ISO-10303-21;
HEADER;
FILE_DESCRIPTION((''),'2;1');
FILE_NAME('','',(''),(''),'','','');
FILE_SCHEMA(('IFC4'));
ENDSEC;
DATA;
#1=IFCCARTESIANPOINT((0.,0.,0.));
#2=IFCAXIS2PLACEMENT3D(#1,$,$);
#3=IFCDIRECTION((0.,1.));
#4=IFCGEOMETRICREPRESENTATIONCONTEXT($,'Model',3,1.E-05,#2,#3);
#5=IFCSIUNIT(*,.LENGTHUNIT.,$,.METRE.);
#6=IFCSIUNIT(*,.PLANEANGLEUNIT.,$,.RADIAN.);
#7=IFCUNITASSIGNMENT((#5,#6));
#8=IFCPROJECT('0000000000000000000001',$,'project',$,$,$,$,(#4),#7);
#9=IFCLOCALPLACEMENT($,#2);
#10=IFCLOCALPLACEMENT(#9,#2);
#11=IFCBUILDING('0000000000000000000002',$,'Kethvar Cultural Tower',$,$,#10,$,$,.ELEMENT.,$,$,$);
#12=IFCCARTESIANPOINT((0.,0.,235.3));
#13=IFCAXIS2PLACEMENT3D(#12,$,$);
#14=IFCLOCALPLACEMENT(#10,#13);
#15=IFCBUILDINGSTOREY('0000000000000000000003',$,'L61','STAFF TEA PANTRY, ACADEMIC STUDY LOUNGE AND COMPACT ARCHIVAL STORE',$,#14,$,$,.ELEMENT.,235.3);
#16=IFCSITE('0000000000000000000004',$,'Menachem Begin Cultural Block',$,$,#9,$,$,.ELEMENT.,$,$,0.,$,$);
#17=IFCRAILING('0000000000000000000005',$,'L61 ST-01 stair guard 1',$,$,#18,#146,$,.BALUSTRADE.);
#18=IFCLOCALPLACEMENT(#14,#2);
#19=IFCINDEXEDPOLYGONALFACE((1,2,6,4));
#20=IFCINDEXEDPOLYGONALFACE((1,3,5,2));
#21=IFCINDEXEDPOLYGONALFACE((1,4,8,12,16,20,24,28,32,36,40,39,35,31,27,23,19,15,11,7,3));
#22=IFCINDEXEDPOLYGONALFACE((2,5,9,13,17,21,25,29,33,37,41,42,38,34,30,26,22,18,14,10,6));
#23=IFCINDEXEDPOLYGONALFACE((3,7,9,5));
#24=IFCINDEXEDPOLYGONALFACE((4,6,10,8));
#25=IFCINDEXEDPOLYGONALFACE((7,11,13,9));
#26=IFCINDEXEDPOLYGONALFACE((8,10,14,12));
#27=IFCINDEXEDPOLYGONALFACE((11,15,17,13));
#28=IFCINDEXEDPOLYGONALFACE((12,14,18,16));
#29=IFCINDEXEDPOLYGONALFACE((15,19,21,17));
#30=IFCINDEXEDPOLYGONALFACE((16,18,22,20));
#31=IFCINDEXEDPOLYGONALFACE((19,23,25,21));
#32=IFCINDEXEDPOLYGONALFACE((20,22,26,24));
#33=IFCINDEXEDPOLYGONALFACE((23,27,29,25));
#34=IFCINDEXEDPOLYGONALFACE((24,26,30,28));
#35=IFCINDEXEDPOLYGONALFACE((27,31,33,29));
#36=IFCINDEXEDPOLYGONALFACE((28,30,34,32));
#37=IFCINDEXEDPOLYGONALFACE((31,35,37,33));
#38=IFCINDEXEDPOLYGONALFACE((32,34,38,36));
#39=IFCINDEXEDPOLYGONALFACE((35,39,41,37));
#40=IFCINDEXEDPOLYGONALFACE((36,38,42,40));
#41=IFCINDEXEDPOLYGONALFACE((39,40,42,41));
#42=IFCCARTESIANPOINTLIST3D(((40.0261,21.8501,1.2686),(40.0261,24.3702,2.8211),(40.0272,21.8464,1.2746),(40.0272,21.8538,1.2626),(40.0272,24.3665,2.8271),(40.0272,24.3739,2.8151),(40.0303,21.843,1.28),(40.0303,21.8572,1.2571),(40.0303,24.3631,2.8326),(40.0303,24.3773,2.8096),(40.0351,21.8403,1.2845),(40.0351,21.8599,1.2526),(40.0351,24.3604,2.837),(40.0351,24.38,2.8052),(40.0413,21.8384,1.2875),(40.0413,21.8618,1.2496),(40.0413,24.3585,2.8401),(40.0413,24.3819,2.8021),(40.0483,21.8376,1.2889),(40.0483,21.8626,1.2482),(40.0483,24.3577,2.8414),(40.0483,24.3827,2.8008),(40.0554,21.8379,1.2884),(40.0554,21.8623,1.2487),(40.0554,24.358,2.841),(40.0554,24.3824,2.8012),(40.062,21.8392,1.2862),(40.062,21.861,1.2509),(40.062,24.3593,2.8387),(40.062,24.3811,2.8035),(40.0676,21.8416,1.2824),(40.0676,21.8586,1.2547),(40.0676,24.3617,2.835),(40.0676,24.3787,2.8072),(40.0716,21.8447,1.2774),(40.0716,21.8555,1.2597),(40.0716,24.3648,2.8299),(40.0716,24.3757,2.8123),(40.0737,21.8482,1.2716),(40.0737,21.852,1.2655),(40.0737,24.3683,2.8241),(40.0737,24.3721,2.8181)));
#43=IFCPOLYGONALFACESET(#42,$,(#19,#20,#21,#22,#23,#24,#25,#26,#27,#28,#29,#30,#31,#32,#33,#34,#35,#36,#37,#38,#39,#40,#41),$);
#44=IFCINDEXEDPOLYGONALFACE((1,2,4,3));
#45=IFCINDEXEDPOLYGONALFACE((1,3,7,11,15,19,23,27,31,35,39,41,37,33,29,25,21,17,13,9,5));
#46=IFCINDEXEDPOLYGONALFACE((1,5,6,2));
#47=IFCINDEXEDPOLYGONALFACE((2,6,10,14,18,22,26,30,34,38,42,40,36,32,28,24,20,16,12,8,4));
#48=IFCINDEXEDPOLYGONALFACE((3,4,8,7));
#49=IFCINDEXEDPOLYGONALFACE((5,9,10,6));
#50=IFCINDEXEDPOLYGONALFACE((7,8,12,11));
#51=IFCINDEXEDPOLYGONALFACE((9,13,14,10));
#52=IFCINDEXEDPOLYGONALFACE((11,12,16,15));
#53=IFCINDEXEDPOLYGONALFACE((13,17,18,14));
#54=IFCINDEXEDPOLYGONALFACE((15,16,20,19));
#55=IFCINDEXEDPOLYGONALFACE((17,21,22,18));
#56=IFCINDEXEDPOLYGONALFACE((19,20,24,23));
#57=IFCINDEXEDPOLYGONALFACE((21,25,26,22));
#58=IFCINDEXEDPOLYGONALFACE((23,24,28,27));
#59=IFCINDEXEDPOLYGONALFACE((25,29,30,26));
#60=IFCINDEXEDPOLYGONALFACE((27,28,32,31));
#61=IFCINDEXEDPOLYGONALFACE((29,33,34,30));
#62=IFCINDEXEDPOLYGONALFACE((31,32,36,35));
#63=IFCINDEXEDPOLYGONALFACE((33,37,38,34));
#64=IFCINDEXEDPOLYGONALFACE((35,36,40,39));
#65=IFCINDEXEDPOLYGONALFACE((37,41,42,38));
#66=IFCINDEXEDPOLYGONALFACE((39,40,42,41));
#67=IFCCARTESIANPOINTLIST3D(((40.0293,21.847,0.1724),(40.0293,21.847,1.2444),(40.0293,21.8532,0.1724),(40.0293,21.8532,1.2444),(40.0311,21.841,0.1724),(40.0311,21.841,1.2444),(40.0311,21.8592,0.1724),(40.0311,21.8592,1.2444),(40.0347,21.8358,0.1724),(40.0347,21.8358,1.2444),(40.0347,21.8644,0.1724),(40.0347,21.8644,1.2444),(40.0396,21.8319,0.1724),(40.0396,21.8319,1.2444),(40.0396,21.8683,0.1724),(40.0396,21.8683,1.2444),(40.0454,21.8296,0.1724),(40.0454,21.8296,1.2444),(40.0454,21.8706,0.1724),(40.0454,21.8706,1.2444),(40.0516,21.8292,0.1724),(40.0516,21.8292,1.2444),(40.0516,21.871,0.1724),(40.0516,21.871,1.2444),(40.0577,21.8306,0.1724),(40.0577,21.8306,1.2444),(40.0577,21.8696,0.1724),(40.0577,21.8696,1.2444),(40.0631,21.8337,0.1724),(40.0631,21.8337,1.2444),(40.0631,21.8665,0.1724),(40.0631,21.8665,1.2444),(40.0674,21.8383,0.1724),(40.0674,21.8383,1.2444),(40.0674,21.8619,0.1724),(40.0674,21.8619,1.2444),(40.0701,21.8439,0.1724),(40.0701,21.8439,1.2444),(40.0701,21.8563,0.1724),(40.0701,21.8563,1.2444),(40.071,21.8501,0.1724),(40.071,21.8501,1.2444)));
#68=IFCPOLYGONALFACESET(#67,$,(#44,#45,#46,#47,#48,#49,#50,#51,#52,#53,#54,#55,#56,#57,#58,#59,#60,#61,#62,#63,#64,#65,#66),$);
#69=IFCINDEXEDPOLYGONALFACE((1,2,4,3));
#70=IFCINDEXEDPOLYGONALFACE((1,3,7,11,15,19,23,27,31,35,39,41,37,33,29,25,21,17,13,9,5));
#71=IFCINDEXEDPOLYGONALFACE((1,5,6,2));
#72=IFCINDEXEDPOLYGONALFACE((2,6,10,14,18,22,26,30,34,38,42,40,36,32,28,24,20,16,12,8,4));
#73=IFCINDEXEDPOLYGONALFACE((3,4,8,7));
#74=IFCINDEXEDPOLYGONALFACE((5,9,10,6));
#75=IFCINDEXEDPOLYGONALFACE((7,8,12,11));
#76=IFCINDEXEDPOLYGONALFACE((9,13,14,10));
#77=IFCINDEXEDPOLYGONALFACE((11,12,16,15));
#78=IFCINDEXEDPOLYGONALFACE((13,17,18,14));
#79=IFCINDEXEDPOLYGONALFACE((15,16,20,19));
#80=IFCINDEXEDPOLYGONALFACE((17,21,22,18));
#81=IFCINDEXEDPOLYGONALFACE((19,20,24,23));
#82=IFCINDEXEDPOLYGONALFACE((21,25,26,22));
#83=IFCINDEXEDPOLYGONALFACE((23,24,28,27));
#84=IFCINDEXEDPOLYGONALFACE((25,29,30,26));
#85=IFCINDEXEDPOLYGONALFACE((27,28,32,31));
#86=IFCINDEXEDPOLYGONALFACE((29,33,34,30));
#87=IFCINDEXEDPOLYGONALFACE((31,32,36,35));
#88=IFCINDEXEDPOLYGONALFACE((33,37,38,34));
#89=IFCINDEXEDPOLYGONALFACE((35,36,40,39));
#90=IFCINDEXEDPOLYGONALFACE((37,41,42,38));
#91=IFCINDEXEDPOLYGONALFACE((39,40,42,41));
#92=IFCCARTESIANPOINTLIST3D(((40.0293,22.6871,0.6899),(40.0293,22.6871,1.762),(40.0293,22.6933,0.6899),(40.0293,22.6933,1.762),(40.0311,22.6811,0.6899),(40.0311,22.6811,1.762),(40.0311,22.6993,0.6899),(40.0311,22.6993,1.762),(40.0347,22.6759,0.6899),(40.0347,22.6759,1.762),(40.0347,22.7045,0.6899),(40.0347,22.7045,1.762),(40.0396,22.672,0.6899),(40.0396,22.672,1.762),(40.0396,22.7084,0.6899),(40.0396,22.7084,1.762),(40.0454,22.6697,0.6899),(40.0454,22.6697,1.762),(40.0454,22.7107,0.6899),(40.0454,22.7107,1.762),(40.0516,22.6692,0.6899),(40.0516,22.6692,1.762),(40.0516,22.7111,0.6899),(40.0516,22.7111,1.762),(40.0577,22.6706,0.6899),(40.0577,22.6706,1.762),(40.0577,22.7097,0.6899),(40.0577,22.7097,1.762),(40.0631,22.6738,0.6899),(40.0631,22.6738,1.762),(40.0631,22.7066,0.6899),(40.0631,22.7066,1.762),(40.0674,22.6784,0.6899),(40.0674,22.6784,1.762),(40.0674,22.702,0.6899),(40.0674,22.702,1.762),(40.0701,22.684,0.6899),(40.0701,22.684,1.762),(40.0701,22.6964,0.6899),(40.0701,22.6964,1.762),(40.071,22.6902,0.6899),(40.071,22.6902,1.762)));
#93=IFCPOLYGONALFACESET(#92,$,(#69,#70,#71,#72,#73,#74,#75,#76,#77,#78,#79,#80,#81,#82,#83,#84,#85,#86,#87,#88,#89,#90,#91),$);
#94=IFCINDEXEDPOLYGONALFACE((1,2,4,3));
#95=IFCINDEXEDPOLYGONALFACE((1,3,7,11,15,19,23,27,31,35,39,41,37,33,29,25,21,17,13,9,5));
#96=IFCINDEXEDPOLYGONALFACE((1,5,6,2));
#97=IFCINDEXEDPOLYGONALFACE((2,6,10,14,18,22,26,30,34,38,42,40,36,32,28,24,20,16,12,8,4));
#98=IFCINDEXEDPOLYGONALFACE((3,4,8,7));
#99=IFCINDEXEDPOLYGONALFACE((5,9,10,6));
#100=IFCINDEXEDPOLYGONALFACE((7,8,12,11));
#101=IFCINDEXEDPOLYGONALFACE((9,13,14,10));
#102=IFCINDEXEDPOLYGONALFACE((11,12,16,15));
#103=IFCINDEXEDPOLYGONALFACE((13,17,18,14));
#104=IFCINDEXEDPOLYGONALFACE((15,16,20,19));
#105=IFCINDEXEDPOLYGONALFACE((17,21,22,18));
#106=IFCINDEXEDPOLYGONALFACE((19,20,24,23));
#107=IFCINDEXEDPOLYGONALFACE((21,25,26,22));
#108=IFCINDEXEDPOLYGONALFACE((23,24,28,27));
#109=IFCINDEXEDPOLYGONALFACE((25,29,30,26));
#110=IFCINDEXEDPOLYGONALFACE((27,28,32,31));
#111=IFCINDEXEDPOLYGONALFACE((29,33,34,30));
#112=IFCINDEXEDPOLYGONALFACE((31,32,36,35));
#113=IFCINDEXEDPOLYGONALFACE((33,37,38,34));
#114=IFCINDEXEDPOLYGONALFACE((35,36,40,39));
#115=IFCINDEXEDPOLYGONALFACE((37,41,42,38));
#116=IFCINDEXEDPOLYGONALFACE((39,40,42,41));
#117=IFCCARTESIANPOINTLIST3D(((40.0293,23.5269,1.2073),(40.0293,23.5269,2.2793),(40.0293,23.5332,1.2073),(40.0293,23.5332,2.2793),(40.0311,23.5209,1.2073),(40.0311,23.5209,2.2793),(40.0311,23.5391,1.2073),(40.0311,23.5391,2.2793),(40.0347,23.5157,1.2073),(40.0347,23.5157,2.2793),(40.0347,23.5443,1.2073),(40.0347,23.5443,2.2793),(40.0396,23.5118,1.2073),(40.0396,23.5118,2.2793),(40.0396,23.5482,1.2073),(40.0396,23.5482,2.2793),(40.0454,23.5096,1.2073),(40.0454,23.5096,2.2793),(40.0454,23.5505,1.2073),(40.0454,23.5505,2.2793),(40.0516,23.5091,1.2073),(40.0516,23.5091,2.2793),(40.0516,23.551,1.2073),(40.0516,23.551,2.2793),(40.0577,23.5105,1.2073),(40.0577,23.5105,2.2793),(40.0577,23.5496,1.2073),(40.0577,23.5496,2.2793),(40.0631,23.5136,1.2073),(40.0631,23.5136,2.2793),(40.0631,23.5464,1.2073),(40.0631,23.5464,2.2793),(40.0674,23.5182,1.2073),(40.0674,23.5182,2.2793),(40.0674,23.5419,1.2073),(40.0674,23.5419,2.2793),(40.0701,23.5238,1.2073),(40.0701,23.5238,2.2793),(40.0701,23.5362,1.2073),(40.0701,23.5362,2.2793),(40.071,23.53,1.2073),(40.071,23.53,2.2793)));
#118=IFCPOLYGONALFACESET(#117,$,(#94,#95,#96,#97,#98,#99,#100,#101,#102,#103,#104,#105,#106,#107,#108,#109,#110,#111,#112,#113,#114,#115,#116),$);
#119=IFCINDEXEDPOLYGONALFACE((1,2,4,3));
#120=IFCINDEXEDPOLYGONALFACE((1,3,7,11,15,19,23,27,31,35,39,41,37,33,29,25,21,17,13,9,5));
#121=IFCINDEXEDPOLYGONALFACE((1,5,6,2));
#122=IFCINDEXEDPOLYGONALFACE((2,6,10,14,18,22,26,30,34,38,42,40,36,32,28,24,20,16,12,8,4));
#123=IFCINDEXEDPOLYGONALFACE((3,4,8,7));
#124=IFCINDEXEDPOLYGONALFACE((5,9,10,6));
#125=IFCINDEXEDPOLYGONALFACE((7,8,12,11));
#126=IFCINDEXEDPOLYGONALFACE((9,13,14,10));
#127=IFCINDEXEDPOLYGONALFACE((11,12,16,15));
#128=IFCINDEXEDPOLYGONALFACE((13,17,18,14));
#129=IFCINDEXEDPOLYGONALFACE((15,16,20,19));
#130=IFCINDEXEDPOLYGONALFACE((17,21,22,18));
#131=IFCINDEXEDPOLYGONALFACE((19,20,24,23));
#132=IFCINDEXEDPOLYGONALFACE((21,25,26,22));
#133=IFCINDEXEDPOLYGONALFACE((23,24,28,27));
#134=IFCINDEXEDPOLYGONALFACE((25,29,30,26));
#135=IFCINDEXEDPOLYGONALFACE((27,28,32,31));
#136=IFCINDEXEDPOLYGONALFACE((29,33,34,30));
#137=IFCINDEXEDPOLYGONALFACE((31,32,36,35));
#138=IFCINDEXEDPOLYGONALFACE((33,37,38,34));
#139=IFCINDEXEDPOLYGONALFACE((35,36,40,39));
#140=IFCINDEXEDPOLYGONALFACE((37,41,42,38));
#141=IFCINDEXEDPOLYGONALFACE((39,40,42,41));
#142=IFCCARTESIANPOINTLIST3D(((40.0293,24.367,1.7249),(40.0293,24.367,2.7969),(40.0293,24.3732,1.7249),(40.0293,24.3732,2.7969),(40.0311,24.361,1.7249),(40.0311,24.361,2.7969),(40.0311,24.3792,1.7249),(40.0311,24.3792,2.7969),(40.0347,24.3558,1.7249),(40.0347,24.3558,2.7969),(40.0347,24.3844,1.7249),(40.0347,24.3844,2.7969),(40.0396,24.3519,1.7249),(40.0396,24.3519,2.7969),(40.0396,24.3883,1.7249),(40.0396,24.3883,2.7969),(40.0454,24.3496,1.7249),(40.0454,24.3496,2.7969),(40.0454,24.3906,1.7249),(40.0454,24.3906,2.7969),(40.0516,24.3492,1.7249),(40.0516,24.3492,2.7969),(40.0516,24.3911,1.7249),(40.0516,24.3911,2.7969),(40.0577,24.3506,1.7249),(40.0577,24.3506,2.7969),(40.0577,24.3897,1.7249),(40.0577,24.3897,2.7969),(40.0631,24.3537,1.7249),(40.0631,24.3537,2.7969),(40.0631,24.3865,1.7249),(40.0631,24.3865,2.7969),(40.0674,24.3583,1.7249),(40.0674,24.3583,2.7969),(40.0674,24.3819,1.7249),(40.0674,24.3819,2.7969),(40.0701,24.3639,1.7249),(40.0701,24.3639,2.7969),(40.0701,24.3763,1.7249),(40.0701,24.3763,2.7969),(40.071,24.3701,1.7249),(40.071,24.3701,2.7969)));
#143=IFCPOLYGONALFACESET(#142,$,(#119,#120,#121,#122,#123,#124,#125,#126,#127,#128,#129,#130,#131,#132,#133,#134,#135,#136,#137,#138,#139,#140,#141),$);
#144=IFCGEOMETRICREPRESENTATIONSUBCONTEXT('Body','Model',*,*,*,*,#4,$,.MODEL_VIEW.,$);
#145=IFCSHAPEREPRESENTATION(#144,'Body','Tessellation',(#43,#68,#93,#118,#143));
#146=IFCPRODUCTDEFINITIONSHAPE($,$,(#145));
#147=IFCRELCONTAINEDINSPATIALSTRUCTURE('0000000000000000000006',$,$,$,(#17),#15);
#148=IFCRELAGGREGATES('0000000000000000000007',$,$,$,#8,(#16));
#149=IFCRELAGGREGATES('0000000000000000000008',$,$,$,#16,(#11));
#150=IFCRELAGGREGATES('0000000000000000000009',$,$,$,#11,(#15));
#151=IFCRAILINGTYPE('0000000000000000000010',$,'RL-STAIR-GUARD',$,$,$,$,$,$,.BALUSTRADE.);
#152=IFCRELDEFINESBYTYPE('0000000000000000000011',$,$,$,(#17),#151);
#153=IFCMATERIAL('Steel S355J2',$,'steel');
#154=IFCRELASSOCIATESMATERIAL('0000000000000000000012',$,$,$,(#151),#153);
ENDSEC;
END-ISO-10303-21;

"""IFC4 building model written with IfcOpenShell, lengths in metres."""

from ifc_helpers import new_model, si_unit, direction, frame, origin, origin_2d, place, context, subcontext, project, spatial, circle, extrude, material, type_object, element, save


model = new_model("IFC4")

# Units and contexts
model_context = context("Model", 3, precision=1e-05, world=origin(), true_north=direction((0.0, 1.0)))
body_context = subcontext(model_context, "Body", "Model", "MODEL_VIEW")
ifc_project = project(units=[si_unit("LENGTHUNIT", "METRE"), si_unit("PLANEANGLEUNIT", "RADIAN")], contexts=[model_context])

# Site, building, storey
site_placement = place(None, origin())
site = spatial("IfcSite", under=ifc_project, at=site_placement, Name="Menachem Begin Cultural Block", CompositionType="ELEMENT", RefElevation=0.0)
building_placement = place(site_placement, origin())
building = spatial("IfcBuilding", under=site, at=building_placement, Name="Kethvar Cultural Tower", CompositionType="ELEMENT")
storey_placement = place(building_placement, frame((0.0, 0.0, 235.3)))
storey = spatial("IfcBuildingStorey", under=building, at=storey_placement, Name="L61", Description="STAFF TEA PANTRY, ACADEMIC STUDY LOUNGE AND COMPACT ARCHIVAL STORE", CompositionType="ELEMENT", Elevation=235.3)

# Shared definitions
ifc_material_1 = material(Name="Steel S355J2", Category="steel")

# Railing
railing_type_1 = type_object("IfcRailingType", Name="RL-STAIR-GUARD", PredefinedType="BALUSTRADE", material=ifc_material_1)
railing_1_placement = place(storey_placement, frame((40.05, 21.8501, 0.1724)))
element("IfcRailing", 1, at=railing_1_placement, inside=storey, type_object=railing_type_1, Name="L61 ST-01 stair guard 1", PredefinedType="BALUSTRADE", context=body_context, shape_type="SweptSolid", body=[
    extrude(circle(Radius=0.0239, at=origin_2d()), frame((0.0, 0.0, 1.0962), z_axis=(0.0, 0.8514, 0.524516), x_axis=(-1.0, 0.0, 0.0)), (0.0, 0.0, 1.0), 2.96),
    extrude(circle(Radius=0.021, at=origin_2d()), origin(), (0.0, 0.0, 1.0), 1.072),
    extrude(circle(Radius=0.021, at=origin_2d()), frame((0.0, 0.8401, 0.5176)), (0.0, 0.0, 1.0), 1.072),
    extrude(circle(Radius=0.021, at=origin_2d()), frame((0.0, 1.6799, 1.0349)), (0.0, 0.0, 1.0), 1.072),
    extrude(circle(Radius=0.021, at=origin_2d()), frame((0.0, 2.52, 1.5525)), (0.0, 0.0, 1.0), 1.072),
])

save(model, "model.ifc")
